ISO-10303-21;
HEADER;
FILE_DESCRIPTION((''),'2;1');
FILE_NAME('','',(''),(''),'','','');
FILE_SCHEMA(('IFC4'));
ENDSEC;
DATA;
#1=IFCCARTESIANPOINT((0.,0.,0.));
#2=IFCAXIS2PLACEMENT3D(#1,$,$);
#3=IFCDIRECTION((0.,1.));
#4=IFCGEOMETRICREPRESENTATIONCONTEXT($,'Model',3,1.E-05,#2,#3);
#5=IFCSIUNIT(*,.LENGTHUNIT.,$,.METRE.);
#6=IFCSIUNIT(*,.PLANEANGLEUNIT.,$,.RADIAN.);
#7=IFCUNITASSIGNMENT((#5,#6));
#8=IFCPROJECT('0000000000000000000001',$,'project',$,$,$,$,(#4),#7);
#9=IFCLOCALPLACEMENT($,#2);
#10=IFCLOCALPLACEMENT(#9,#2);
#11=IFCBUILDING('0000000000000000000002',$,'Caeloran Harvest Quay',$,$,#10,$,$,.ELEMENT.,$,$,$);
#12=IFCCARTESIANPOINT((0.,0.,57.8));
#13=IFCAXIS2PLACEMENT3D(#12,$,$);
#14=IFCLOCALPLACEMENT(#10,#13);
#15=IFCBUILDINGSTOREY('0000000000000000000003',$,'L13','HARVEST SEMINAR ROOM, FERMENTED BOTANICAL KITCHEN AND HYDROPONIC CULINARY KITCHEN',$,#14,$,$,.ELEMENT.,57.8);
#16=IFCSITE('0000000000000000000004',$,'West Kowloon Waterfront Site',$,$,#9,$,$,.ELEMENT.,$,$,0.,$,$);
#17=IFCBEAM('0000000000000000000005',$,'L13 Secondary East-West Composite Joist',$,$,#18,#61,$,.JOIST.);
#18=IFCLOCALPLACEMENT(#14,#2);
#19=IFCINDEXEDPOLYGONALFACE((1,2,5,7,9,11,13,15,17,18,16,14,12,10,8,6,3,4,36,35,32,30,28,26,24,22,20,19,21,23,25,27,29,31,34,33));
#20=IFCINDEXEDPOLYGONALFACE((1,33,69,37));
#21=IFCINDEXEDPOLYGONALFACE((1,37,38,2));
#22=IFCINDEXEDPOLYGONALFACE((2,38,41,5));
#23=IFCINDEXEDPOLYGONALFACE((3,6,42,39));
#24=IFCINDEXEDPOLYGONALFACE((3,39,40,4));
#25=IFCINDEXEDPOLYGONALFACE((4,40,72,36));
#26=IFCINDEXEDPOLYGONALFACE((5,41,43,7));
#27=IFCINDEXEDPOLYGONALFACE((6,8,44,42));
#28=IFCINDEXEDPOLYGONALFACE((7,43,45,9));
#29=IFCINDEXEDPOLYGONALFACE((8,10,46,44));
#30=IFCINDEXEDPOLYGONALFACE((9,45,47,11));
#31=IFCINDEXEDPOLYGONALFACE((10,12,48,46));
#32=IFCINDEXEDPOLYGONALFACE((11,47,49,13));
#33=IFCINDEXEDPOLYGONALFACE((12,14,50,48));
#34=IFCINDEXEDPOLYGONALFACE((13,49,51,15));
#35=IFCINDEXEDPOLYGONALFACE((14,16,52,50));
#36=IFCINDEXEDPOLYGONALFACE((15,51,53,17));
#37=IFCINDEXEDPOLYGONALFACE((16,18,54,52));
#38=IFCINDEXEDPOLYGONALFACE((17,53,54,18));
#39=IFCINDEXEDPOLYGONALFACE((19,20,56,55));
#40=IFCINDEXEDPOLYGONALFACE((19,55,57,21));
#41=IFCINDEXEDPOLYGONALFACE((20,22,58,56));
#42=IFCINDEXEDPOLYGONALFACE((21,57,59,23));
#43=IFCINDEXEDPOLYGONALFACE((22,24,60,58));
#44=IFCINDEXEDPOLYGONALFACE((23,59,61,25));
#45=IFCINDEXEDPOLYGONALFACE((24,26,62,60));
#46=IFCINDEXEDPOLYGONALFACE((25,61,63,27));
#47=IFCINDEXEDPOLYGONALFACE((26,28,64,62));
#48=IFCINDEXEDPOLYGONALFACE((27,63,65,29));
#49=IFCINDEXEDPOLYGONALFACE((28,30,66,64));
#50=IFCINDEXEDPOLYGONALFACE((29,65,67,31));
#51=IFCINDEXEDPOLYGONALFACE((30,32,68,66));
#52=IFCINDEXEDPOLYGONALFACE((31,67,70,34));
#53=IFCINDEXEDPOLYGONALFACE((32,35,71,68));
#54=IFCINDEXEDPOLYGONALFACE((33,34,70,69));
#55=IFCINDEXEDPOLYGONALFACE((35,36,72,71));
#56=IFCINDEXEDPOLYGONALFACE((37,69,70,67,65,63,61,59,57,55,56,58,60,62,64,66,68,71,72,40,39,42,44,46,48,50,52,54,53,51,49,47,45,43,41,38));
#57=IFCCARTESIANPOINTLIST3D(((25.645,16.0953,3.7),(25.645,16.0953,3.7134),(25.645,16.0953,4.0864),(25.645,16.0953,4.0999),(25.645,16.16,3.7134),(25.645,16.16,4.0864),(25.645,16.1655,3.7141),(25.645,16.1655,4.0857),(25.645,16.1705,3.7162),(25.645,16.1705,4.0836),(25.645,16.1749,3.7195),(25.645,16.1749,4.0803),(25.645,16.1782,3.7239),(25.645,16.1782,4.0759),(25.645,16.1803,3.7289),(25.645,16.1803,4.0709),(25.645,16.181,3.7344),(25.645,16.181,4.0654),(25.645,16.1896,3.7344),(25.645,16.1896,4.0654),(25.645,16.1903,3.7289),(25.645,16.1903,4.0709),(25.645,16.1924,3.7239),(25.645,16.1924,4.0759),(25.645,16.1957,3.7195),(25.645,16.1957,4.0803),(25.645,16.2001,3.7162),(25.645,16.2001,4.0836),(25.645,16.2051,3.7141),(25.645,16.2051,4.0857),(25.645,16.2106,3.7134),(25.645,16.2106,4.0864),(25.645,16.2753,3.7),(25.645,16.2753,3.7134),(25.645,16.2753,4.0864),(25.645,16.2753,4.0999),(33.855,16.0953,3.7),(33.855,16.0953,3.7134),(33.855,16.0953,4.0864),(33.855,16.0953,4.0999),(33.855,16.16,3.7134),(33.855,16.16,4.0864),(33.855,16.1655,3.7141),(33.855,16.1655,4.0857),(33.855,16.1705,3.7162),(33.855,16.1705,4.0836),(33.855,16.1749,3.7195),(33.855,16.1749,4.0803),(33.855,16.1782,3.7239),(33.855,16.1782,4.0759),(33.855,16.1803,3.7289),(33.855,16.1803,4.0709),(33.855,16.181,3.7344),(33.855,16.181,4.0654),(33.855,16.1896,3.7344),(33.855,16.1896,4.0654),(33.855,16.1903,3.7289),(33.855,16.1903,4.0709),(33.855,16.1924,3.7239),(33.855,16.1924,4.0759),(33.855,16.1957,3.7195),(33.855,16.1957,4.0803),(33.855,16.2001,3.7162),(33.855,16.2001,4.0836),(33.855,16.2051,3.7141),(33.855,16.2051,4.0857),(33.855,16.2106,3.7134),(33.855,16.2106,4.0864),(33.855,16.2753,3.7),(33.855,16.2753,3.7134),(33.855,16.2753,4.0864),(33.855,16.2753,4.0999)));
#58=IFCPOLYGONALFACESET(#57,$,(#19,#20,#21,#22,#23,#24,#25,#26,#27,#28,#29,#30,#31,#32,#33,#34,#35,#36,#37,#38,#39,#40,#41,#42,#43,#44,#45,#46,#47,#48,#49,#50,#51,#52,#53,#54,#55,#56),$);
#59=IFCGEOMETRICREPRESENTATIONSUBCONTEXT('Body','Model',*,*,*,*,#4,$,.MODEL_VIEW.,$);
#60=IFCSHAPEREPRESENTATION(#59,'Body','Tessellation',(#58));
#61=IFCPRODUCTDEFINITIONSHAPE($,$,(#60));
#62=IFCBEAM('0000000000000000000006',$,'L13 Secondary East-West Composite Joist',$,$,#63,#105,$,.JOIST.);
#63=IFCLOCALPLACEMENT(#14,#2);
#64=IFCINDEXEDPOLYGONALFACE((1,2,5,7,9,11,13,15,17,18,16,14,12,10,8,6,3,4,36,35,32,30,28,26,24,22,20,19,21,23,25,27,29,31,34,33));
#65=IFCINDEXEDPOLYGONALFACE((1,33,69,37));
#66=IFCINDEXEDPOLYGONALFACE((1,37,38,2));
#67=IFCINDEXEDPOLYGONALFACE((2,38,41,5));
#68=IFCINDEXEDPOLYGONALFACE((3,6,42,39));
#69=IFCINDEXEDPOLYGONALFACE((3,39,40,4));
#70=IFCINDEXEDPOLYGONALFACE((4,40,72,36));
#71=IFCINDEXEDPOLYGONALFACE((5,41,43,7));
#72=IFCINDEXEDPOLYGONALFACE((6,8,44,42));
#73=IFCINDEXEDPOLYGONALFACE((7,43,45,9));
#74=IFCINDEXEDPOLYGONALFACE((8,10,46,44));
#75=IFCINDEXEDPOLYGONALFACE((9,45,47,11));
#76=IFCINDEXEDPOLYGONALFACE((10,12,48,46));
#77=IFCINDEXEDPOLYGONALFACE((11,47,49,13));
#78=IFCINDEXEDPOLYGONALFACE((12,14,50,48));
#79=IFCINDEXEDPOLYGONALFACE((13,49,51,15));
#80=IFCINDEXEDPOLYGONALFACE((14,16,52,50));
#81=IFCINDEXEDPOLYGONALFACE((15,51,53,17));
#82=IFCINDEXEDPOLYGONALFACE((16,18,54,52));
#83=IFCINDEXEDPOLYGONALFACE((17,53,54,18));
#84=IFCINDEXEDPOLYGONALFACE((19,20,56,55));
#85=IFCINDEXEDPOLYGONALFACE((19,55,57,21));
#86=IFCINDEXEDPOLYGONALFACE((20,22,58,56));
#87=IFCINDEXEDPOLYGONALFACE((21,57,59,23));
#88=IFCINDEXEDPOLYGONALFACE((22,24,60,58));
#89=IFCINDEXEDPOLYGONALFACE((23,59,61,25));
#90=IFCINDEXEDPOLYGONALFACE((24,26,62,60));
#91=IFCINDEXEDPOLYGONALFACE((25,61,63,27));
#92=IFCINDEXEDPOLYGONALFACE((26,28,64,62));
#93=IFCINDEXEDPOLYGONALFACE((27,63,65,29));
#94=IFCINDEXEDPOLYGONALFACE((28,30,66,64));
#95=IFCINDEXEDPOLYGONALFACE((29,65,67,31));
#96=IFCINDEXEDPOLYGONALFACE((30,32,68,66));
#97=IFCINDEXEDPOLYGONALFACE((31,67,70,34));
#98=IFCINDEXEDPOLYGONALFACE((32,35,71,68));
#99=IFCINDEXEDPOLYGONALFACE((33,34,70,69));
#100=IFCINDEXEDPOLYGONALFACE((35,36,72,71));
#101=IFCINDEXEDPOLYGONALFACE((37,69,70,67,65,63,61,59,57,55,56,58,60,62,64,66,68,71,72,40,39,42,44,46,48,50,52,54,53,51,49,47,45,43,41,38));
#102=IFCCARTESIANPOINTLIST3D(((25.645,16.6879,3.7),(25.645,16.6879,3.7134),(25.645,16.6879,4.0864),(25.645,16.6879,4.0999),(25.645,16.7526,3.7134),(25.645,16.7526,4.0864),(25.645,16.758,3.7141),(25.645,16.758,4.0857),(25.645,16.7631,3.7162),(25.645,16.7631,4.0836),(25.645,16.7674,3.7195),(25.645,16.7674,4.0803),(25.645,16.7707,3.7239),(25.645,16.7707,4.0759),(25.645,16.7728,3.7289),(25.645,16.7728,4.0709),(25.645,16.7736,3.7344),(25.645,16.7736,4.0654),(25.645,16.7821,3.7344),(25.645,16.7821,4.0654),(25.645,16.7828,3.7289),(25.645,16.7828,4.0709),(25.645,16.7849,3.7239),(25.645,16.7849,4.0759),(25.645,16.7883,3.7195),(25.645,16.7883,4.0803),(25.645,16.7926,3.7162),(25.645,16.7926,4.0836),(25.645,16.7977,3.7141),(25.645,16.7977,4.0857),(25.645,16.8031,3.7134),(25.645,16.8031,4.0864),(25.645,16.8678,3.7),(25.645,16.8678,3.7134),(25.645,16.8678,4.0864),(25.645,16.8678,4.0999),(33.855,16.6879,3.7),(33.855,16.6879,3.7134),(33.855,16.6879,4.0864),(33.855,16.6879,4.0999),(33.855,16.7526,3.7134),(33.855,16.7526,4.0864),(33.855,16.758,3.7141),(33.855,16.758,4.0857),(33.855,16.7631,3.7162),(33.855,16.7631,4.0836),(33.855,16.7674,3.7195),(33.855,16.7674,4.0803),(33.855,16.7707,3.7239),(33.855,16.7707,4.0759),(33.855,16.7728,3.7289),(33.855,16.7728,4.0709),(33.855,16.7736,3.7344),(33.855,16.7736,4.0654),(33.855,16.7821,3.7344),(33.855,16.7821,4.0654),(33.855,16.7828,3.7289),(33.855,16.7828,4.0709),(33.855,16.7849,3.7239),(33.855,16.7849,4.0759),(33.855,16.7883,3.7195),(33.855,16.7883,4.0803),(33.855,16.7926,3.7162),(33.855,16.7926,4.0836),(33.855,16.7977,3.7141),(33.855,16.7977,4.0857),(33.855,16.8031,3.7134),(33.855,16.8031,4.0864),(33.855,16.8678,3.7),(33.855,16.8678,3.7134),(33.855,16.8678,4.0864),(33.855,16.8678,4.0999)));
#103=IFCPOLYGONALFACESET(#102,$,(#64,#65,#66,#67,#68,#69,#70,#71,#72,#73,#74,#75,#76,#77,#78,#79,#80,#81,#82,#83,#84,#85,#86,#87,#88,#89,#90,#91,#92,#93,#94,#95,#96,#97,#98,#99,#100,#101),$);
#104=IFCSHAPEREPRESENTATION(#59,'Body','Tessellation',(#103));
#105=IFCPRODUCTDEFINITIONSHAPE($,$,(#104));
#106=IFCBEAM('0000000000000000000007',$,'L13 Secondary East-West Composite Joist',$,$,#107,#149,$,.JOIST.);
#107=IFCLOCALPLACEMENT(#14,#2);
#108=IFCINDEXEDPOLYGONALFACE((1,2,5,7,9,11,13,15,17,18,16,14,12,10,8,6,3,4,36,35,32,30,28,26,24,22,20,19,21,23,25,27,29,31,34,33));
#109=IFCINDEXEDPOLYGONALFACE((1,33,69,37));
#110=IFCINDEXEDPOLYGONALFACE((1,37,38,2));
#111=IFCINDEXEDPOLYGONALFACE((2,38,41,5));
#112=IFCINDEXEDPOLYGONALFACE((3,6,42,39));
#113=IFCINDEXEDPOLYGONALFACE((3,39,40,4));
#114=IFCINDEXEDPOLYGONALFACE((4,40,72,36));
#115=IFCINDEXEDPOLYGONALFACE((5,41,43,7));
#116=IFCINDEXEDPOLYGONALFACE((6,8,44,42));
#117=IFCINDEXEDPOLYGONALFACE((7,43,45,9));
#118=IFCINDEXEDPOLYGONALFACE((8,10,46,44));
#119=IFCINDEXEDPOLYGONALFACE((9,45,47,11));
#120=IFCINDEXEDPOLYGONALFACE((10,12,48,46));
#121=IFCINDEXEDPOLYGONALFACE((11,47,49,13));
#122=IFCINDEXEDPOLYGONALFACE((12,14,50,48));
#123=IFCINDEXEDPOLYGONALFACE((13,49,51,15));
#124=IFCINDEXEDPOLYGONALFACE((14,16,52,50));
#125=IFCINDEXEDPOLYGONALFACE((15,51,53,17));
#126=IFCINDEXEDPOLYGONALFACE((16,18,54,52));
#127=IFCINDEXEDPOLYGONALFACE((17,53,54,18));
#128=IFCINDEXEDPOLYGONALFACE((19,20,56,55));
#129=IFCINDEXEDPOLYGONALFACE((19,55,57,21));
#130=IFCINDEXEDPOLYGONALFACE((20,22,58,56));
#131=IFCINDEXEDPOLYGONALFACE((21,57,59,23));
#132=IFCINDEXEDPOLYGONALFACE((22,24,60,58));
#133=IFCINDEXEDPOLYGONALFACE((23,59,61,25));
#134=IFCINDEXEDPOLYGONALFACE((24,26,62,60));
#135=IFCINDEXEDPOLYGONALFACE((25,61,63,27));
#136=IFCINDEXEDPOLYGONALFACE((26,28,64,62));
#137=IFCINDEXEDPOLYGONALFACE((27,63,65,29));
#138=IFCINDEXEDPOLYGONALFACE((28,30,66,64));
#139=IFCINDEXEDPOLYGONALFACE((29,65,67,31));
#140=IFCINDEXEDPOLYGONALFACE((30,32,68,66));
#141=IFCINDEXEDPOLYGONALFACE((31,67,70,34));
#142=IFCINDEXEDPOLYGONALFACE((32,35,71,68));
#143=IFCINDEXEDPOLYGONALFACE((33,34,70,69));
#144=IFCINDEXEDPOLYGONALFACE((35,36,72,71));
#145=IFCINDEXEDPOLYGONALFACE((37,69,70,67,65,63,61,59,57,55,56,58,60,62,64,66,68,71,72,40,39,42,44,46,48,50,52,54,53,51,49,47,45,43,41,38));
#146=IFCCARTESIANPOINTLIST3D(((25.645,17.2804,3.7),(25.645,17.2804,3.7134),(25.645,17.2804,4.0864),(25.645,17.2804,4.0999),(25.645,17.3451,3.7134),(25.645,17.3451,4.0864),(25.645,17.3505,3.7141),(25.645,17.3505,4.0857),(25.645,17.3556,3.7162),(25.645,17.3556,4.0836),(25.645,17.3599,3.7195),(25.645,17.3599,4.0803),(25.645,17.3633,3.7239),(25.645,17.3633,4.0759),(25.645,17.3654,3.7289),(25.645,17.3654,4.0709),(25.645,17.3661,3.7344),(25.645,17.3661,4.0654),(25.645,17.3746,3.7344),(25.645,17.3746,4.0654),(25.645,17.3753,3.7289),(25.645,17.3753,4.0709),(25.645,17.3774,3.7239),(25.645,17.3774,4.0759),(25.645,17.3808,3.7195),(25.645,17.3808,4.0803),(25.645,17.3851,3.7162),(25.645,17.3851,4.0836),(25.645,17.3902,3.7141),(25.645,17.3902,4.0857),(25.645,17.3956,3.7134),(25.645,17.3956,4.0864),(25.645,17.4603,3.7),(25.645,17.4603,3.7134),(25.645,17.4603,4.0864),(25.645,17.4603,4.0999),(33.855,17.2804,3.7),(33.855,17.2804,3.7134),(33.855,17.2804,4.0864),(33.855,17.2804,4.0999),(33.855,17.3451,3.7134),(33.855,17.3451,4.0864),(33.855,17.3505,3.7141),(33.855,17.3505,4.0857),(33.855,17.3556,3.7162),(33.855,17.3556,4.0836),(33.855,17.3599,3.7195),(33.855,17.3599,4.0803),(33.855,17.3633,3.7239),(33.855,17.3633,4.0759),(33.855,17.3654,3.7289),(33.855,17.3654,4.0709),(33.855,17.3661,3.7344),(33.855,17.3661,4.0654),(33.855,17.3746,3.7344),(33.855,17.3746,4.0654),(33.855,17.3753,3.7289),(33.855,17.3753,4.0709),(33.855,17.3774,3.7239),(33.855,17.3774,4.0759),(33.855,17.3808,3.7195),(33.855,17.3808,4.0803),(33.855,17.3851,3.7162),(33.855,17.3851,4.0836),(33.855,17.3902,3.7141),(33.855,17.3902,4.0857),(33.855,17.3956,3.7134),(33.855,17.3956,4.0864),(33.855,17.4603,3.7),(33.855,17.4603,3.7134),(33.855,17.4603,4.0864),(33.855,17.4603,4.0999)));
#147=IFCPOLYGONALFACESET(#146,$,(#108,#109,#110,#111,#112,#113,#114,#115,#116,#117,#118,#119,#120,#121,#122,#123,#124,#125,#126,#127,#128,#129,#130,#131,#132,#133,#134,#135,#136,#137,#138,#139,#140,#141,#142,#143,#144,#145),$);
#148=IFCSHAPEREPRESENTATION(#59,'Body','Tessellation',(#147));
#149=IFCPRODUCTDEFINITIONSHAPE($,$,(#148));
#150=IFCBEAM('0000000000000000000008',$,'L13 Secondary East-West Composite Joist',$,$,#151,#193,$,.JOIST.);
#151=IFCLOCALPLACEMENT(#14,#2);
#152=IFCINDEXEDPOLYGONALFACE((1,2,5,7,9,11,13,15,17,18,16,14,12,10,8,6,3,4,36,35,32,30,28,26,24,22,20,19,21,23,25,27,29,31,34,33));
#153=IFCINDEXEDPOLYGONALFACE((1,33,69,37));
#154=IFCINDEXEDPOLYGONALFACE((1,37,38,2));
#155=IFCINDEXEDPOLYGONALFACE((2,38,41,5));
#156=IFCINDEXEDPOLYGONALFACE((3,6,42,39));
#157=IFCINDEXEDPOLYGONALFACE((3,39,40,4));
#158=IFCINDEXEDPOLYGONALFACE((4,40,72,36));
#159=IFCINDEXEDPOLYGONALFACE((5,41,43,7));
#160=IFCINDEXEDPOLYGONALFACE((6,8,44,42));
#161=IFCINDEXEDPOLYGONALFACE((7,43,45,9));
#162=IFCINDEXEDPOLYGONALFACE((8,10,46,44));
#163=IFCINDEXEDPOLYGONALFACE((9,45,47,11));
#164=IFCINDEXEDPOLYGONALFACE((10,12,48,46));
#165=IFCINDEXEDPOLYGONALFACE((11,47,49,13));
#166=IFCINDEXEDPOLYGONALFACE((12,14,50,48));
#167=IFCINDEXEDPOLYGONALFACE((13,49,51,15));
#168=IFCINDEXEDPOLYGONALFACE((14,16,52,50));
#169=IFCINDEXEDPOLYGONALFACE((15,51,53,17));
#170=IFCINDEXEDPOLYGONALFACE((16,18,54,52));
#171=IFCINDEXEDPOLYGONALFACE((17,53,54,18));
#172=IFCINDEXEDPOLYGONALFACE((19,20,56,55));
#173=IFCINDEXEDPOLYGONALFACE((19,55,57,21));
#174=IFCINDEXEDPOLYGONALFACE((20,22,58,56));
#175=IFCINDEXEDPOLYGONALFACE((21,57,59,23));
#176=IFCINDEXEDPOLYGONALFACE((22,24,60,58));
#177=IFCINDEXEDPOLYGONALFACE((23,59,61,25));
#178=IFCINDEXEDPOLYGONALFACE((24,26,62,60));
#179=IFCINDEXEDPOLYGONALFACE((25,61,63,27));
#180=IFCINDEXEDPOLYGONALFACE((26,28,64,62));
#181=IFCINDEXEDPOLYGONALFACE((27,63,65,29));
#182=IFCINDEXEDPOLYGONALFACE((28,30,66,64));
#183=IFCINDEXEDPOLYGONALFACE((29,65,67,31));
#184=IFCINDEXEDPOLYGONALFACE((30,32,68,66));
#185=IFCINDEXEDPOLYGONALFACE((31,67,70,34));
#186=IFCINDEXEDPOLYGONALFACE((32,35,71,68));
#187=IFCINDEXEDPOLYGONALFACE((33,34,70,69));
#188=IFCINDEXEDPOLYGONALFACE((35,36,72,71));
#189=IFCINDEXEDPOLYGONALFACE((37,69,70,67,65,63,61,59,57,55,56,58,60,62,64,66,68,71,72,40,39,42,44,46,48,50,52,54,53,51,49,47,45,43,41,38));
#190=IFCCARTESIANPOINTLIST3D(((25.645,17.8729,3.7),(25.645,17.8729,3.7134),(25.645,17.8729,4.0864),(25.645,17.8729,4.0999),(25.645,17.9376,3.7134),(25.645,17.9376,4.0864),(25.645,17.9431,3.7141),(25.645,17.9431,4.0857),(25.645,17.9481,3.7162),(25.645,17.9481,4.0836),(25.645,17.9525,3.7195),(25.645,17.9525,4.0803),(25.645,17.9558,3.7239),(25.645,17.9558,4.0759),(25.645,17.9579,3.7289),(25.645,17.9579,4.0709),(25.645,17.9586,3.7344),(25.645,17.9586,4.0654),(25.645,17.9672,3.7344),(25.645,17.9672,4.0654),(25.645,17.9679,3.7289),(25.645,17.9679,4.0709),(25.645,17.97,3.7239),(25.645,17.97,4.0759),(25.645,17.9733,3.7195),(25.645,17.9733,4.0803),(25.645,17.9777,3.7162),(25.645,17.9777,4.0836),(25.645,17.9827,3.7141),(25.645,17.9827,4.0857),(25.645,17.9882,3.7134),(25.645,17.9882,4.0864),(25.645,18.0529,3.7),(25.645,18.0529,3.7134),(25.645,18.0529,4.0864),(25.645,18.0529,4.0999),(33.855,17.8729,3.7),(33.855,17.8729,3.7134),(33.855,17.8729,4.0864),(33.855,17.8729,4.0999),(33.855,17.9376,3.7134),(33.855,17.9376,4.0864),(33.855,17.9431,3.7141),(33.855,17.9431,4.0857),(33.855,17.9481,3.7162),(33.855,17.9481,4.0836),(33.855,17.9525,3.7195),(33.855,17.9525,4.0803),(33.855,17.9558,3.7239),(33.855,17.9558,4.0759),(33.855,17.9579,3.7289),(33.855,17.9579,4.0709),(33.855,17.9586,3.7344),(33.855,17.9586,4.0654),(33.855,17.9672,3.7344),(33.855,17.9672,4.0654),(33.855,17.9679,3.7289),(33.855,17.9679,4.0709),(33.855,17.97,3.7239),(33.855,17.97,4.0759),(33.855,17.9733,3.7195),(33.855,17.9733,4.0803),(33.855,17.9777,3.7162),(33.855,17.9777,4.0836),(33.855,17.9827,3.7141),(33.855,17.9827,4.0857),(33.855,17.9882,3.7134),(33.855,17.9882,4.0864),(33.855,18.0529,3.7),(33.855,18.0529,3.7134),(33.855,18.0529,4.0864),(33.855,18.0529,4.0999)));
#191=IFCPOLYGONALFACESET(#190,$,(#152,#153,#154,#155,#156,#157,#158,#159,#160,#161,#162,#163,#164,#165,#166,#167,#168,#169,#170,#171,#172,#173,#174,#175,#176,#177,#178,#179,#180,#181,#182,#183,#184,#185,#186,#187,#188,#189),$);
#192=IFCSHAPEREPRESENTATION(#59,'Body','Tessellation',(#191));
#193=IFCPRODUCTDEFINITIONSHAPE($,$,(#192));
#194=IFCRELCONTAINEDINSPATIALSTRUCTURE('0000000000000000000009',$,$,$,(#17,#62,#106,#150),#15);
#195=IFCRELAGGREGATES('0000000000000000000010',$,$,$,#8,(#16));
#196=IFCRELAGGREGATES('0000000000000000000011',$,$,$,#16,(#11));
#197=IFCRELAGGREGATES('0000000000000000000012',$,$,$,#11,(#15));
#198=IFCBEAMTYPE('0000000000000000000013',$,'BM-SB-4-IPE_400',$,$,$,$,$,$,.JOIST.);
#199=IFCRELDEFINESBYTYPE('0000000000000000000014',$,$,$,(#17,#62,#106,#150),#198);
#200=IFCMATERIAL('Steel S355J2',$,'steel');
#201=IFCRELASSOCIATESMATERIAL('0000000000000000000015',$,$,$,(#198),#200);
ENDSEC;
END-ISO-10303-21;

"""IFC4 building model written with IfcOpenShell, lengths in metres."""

from ifc_helpers import new_model, si_unit, direction, frame, origin, origin_2d, place, context, subcontext, project, spatial, i_section, extrude, material, material_profile, profile_set, type_object, element, save


model = new_model("IFC4")

# Units and contexts
model_context = context("Model", 3, precision=1e-05, world=origin(), true_north=direction((0.0, 1.0)))
body_context = subcontext(model_context, "Body", "Model", "MODEL_VIEW")
ifc_project = project(units=[si_unit("LENGTHUNIT", "METRE"), si_unit("PLANEANGLEUNIT", "RADIAN")], contexts=[model_context])

# Site, building, storey
site_placement = place(None, origin())
site = spatial("IfcSite", under=ifc_project, at=site_placement, Name="West Kowloon Waterfront Site", CompositionType="ELEMENT", RefElevation=0.0)
building_placement = place(site_placement, origin())
building = spatial("IfcBuilding", under=site, at=building_placement, Name="Caeloran Harvest Quay", CompositionType="ELEMENT")
storey_placement = place(building_placement, frame((0.0, 0.0, 57.8)))
storey = spatial("IfcBuildingStorey", under=building, at=storey_placement, Name="L13", Description="HARVEST SEMINAR ROOM, FERMENTED BOTANICAL KITCHEN AND HYDROPONIC CULINARY KITCHEN", CompositionType="ELEMENT", Elevation=57.8)

# Beams
ifc_material_1 = material(Name="Steel S355J2", Category="steel")
ifc_material_profile_1 = material_profile(ifc_material_1, i_section(OverallWidth=0.1799, OverallDepth=0.3999, WebThickness=0.0085, FlangeThickness=0.0134, FilletRadius=0.021, at=origin_2d()), Name="IPE 400")
ifc_profile_set_1 = profile_set([ifc_material_profile_1], Name="Steel S355J2")
beam_type_1 = type_object("IfcBeamType", Name="BM-SB-4-IPE_400", PredefinedType="JOIST", material=ifc_profile_set_1)
for number, where, z_axis, x_axis, name in (
    (1, (25.645, 16.1853, 3.8999), (1.0, 0.0, 0.0), (0.0, 1.0, 0.0), "L13 Secondary East-West Composite Joist"),
    (2, (25.645, 16.7778, 3.8999), (1.0, 0.0, 0.0), (0.0, 1.0, 0.0), "L13 Secondary East-West Composite Joist"),
    (3, (25.645, 17.3704, 3.8999), (1.0, 0.0, 0.0), (0.0, 1.0, 0.0), "L13 Secondary East-West Composite Joist"),
    (4, (25.645, 17.9629, 3.8999), (1.0, 0.0, 0.0), (0.0, 1.0, 0.0), "L13 Secondary East-West Composite Joist"),
):
    element("IfcBeam", number, at=place(storey_placement, frame(where, z_axis=z_axis, x_axis=x_axis)), inside=storey, type_object=beam_type_1, Name=name, PredefinedType="JOIST", context=body_context, shape_type="SweptSolid", body=[
        extrude(i_section(OverallWidth=0.1799, OverallDepth=0.3999, WebThickness=0.0085, FlangeThickness=0.0134, FilletRadius=0.021, at=origin_2d()), origin(), (0.0, 0.0, 1.0), 8.21),
    ])

save(model, "model.ifc")
